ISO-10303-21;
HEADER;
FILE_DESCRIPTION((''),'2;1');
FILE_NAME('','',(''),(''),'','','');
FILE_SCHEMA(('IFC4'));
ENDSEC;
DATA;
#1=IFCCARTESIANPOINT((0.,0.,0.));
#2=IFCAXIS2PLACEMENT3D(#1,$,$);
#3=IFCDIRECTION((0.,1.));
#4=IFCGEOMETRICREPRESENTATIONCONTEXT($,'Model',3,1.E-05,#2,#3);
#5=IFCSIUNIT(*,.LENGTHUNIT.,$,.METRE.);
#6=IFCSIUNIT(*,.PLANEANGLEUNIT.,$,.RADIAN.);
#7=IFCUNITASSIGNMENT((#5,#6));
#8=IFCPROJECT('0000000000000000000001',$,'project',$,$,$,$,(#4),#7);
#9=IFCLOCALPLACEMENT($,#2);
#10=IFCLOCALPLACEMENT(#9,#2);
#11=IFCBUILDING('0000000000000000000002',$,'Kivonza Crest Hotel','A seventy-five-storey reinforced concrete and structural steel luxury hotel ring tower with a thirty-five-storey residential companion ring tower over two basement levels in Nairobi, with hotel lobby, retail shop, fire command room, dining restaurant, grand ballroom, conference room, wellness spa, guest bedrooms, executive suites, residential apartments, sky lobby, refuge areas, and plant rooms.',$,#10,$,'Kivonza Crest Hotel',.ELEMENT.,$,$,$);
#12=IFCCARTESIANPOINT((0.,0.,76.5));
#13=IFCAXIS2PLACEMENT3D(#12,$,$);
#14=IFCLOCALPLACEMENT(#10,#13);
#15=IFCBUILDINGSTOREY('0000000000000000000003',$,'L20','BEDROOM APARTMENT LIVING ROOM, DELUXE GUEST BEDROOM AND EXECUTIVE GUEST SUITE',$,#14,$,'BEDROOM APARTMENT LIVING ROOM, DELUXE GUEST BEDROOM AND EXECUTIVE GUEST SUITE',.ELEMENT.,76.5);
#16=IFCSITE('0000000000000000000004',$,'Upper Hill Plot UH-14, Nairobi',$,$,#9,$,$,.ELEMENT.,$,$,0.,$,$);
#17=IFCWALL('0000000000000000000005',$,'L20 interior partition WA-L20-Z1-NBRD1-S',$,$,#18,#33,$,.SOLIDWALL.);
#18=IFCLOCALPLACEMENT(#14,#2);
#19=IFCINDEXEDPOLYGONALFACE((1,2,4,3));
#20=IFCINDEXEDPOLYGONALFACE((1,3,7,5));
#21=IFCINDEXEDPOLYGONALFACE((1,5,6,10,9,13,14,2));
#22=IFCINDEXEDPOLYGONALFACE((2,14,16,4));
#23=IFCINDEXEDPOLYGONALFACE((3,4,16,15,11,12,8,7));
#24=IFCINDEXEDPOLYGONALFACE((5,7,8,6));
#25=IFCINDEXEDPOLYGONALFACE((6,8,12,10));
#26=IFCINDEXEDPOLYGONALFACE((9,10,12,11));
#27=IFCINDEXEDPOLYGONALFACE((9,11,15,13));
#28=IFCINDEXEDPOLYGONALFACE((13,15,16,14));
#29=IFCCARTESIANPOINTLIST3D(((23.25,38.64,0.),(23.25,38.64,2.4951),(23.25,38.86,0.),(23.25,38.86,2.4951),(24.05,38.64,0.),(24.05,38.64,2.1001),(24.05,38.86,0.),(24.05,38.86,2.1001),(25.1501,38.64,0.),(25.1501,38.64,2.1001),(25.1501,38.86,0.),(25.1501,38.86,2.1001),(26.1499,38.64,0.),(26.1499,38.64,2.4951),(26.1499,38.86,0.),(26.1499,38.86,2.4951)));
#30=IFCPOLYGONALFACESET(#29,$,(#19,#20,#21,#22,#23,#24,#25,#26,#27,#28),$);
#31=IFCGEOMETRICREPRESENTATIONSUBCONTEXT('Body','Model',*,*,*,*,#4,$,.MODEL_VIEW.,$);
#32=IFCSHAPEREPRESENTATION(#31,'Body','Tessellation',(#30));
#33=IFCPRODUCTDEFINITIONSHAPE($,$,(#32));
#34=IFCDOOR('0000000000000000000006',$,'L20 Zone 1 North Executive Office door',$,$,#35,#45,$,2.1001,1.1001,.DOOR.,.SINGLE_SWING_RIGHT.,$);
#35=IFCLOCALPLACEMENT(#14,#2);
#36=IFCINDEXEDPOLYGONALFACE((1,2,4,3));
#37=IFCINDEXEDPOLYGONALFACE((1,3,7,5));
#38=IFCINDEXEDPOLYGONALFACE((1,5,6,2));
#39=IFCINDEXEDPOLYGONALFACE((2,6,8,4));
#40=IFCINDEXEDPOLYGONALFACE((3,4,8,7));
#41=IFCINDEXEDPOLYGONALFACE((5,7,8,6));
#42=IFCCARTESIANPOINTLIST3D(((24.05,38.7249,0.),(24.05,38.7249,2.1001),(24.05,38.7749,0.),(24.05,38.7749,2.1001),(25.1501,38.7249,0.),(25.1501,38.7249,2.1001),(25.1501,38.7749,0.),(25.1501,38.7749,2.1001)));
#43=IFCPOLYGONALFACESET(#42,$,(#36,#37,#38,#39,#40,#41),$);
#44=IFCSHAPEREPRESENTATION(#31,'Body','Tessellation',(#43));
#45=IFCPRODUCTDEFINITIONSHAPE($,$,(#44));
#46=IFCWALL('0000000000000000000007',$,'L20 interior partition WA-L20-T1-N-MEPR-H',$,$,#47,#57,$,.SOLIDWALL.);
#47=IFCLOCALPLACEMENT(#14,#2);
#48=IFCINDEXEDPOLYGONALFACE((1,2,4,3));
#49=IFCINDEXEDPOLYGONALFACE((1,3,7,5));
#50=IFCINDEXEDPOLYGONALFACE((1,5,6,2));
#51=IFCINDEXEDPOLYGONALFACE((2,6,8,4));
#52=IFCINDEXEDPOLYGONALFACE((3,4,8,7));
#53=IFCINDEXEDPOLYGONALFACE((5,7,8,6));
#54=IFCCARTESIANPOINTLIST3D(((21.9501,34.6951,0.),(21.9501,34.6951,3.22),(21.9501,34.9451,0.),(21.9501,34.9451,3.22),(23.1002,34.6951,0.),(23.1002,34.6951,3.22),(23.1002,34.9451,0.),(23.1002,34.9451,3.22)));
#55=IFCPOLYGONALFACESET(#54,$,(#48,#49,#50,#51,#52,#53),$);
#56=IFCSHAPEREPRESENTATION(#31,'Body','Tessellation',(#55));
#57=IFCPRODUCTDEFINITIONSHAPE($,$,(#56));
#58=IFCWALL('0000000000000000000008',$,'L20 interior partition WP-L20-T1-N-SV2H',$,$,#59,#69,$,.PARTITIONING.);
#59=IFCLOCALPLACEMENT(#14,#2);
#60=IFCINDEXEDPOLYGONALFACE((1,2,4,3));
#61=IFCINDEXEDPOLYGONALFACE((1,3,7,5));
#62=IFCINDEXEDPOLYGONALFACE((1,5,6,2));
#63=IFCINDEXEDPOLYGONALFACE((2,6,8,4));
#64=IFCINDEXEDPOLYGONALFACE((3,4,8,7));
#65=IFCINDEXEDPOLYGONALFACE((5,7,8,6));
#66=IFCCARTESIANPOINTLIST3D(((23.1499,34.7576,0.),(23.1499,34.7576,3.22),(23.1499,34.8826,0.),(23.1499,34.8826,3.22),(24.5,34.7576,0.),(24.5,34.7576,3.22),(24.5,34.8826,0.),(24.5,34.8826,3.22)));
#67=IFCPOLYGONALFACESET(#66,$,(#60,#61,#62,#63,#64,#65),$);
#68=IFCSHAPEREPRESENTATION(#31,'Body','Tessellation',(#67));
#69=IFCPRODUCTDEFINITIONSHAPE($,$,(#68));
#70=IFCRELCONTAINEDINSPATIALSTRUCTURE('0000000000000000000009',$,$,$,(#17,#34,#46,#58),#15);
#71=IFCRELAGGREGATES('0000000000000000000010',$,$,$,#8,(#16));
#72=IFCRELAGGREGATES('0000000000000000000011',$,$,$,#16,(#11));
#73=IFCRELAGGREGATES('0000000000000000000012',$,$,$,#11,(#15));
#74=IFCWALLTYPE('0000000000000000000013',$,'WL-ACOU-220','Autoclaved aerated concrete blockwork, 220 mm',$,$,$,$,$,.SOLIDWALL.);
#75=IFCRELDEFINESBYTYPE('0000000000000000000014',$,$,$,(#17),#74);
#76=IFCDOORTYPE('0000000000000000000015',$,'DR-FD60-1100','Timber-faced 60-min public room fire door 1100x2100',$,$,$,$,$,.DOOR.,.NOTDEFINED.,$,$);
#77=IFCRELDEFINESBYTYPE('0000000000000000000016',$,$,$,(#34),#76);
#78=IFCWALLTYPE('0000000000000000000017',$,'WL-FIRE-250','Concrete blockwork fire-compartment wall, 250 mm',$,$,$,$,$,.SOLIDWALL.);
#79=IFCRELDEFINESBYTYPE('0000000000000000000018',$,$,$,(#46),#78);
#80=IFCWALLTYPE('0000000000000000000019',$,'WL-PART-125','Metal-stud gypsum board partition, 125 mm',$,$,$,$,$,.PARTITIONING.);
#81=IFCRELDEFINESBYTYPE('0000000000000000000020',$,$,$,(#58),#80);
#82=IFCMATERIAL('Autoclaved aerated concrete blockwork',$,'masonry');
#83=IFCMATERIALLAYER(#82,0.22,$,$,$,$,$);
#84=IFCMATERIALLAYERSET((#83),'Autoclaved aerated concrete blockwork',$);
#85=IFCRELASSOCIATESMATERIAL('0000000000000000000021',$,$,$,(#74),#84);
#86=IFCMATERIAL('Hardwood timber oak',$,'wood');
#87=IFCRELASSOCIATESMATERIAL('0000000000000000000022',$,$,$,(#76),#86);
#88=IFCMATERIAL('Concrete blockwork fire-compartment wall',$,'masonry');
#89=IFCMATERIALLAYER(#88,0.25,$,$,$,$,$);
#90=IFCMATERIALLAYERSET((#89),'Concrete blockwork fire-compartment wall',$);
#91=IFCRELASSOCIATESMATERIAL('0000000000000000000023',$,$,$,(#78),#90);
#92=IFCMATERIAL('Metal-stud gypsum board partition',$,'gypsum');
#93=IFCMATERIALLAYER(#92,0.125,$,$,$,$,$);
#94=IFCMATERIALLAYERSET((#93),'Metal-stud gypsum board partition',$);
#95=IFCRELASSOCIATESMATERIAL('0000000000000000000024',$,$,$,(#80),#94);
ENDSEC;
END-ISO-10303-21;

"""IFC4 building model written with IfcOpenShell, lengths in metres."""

from ifc_helpers import new_model, si_unit, direction, frame, frame_2d, origin, place, context, subcontext, project, spatial, rectangle, extrude, material, layer, layer_set, type_object, element, fill, save


model = new_model("IFC4")

# Units and contexts
model_context = context("Model", 3, precision=1e-05, world=origin(), true_north=direction((0.0, 1.0)))
body_context = subcontext(model_context, "Body", "Model", "MODEL_VIEW")
ifc_project = project(units=[si_unit("LENGTHUNIT", "METRE"), si_unit("PLANEANGLEUNIT", "RADIAN")], contexts=[model_context])

# Site, building, storey
site_placement = place(None, origin())
site = spatial("IfcSite", under=ifc_project, at=site_placement, Name="Upper Hill Plot UH-14, Nairobi", CompositionType="ELEMENT", RefElevation=0.0)
building_placement = place(site_placement, origin())
building = spatial("IfcBuilding", under=site, at=building_placement, Name="Kivonza Crest Hotel", Description="A seventy-five-storey reinforced concrete and structural steel luxury hotel ring tower with a thirty-five-storey residential companion ring tower over two basement levels in Nairobi, with hotel lobby, retail shop, fire command room, dining restaurant, grand ballroom, conference room, wellness spa, guest bedrooms, executive suites, residential apartments, sky lobby, refuge areas, and plant rooms.", LongName="Kivonza Crest Hotel", CompositionType="ELEMENT")
storey_placement = place(building_placement, frame((0.0, 0.0, 76.5)))
storey = spatial("IfcBuildingStorey", under=building, at=storey_placement, Name="L20", Description="BEDROOM APARTMENT LIVING ROOM, DELUXE GUEST BEDROOM AND EXECUTIVE GUEST SUITE", LongName="BEDROOM APARTMENT LIVING ROOM, DELUXE GUEST BEDROOM AND EXECUTIVE GUEST SUITE", CompositionType="ELEMENT", Elevation=76.5)

# Wall, opening, door
ifc_material_1 = material(Name="Autoclaved aerated concrete blockwork", Category="masonry")
ifc_layer_1 = layer(ifc_material_1, 0.22)
ifc_layer_set_1 = layer_set([ifc_layer_1], Name="Autoclaved aerated concrete blockwork")
wall_type_1 = type_object("IfcWallType", Name="WL-ACOU-220", Description="Autoclaved aerated concrete blockwork, 220 mm", PredefinedType="SOLIDWALL", material=ifc_layer_set_1)
wall_1_placement = place(storey_placement, frame((23.25, 38.75, 0.0), z_axis=(0.0, 0.0, 1.0), x_axis=(1.0, 0.0, 0.0)))
wall_1 = element("IfcWall", 1, at=wall_1_placement, inside=storey, type_object=wall_type_1, Name="L20 interior partition WA-L20-Z1-NBRD1-S", PredefinedType="SOLIDWALL", context=body_context, shape_type="SweptSolid", body=[
    extrude(rectangle(XDim=2.8999, YDim=0.22, at=frame_2d((1.45, 0.0))), origin(), (0.0, 0.0, 1.0), 2.4951),
])
opening_placement = place(wall_1_placement, frame((0.8, 0.0, 0.0)))
opening = element("IfcOpeningElement", 2, at=opening_placement, cuts=wall_1, PredefinedType="OPENING", context=body_context, shape_type="SweptSolid", body=[
    extrude(rectangle(XDim=1.1001, YDim=2.1001, at=frame_2d((0.55, 1.05))), frame((0.0, 0.1201, 0.0), z_axis=(0.0, -1.0, 0.0), x_axis=(1.0, 0.0, 0.0)), (0.0, 0.0, 1.0), 0.24),
])
ifc_material_2 = material(Name="Hardwood timber oak", Category="wood")
door_type = type_object("IfcDoorType", Name="DR-FD60-1100", Description="Timber-faced 60-min public room fire door 1100x2100", OperationType="NOTDEFINED", PredefinedType="DOOR", material=ifc_material_2)
door_placement = place(opening_placement, origin())
door = element("IfcDoor", 3, at=door_placement, inside=storey, type_object=door_type, Name="L20 Zone 1 North Executive Office door", OperationType="SINGLE_SWING_RIGHT", OverallHeight=2.1001, OverallWidth=1.1001, PredefinedType="DOOR", context=body_context, shape_type="SweptSolid", body=[
    extrude(rectangle(XDim=1.1001, YDim=2.1001, at=frame_2d((0.55, 1.05))), frame((0.0, 0.0249, 0.0), z_axis=(0.0, -1.0, 0.0), x_axis=(1.0, 0.0, 0.0)), (0.0, 0.0, 1.0), 0.05),
])
fill(opening, door)

# Walls
ifc_material_3 = material(Name="Concrete blockwork fire-compartment wall", Category="masonry")
ifc_layer_2 = layer(ifc_material_3, 0.25)
ifc_layer_set_2 = layer_set([ifc_layer_2], Name="Concrete blockwork fire-compartment wall")
wall_type_2 = type_object("IfcWallType", Name="WL-FIRE-250", Description="Concrete blockwork fire-compartment wall, 250 mm", PredefinedType="SOLIDWALL", material=ifc_layer_set_2)
wall_2_placement = place(storey_placement, frame((21.95, 34.8201, 0.0), z_axis=(0.0, 0.0, 1.0), x_axis=(1.0, 0.0, 0.0)))
element("IfcWall", 4, at=wall_2_placement, inside=storey, type_object=wall_type_2, Name="L20 interior partition WA-L20-T1-N-MEPR-H", PredefinedType="SOLIDWALL", context=body_context, shape_type="SweptSolid", body=[
    extrude(rectangle(XDim=1.1501, YDim=0.25, at=frame_2d((0.5752, 0.0))), origin(), (0.0, 0.0, 1.0), 3.22),
])
ifc_material_4 = material(Name="Metal-stud gypsum board partition", Category="gypsum")
ifc_layer_3 = layer(ifc_material_4, 0.125)
ifc_layer_set_3 = layer_set([ifc_layer_3], Name="Metal-stud gypsum board partition")
wall_type_3 = type_object("IfcWallType", Name="WL-PART-125", Description="Metal-stud gypsum board partition, 125 mm", PredefinedType="PARTITIONING", material=ifc_layer_set_3)
wall_3_placement = place(storey_placement, frame((23.1499, 34.8201, 0.0), z_axis=(0.0, 0.0, 1.0), x_axis=(1.0, 0.0, 0.0)))
element("IfcWall", 5, at=wall_3_placement, inside=storey, type_object=wall_type_3, Name="L20 interior partition WP-L20-T1-N-SV2H", PredefinedType="PARTITIONING", context=body_context, shape_type="SweptSolid", body=[
    extrude(rectangle(XDim=1.3501, YDim=0.125, at=frame_2d((0.675, 0.0))), origin(), (0.0, 0.0, 1.0), 3.22),
])

save(model, "model.ifc")
